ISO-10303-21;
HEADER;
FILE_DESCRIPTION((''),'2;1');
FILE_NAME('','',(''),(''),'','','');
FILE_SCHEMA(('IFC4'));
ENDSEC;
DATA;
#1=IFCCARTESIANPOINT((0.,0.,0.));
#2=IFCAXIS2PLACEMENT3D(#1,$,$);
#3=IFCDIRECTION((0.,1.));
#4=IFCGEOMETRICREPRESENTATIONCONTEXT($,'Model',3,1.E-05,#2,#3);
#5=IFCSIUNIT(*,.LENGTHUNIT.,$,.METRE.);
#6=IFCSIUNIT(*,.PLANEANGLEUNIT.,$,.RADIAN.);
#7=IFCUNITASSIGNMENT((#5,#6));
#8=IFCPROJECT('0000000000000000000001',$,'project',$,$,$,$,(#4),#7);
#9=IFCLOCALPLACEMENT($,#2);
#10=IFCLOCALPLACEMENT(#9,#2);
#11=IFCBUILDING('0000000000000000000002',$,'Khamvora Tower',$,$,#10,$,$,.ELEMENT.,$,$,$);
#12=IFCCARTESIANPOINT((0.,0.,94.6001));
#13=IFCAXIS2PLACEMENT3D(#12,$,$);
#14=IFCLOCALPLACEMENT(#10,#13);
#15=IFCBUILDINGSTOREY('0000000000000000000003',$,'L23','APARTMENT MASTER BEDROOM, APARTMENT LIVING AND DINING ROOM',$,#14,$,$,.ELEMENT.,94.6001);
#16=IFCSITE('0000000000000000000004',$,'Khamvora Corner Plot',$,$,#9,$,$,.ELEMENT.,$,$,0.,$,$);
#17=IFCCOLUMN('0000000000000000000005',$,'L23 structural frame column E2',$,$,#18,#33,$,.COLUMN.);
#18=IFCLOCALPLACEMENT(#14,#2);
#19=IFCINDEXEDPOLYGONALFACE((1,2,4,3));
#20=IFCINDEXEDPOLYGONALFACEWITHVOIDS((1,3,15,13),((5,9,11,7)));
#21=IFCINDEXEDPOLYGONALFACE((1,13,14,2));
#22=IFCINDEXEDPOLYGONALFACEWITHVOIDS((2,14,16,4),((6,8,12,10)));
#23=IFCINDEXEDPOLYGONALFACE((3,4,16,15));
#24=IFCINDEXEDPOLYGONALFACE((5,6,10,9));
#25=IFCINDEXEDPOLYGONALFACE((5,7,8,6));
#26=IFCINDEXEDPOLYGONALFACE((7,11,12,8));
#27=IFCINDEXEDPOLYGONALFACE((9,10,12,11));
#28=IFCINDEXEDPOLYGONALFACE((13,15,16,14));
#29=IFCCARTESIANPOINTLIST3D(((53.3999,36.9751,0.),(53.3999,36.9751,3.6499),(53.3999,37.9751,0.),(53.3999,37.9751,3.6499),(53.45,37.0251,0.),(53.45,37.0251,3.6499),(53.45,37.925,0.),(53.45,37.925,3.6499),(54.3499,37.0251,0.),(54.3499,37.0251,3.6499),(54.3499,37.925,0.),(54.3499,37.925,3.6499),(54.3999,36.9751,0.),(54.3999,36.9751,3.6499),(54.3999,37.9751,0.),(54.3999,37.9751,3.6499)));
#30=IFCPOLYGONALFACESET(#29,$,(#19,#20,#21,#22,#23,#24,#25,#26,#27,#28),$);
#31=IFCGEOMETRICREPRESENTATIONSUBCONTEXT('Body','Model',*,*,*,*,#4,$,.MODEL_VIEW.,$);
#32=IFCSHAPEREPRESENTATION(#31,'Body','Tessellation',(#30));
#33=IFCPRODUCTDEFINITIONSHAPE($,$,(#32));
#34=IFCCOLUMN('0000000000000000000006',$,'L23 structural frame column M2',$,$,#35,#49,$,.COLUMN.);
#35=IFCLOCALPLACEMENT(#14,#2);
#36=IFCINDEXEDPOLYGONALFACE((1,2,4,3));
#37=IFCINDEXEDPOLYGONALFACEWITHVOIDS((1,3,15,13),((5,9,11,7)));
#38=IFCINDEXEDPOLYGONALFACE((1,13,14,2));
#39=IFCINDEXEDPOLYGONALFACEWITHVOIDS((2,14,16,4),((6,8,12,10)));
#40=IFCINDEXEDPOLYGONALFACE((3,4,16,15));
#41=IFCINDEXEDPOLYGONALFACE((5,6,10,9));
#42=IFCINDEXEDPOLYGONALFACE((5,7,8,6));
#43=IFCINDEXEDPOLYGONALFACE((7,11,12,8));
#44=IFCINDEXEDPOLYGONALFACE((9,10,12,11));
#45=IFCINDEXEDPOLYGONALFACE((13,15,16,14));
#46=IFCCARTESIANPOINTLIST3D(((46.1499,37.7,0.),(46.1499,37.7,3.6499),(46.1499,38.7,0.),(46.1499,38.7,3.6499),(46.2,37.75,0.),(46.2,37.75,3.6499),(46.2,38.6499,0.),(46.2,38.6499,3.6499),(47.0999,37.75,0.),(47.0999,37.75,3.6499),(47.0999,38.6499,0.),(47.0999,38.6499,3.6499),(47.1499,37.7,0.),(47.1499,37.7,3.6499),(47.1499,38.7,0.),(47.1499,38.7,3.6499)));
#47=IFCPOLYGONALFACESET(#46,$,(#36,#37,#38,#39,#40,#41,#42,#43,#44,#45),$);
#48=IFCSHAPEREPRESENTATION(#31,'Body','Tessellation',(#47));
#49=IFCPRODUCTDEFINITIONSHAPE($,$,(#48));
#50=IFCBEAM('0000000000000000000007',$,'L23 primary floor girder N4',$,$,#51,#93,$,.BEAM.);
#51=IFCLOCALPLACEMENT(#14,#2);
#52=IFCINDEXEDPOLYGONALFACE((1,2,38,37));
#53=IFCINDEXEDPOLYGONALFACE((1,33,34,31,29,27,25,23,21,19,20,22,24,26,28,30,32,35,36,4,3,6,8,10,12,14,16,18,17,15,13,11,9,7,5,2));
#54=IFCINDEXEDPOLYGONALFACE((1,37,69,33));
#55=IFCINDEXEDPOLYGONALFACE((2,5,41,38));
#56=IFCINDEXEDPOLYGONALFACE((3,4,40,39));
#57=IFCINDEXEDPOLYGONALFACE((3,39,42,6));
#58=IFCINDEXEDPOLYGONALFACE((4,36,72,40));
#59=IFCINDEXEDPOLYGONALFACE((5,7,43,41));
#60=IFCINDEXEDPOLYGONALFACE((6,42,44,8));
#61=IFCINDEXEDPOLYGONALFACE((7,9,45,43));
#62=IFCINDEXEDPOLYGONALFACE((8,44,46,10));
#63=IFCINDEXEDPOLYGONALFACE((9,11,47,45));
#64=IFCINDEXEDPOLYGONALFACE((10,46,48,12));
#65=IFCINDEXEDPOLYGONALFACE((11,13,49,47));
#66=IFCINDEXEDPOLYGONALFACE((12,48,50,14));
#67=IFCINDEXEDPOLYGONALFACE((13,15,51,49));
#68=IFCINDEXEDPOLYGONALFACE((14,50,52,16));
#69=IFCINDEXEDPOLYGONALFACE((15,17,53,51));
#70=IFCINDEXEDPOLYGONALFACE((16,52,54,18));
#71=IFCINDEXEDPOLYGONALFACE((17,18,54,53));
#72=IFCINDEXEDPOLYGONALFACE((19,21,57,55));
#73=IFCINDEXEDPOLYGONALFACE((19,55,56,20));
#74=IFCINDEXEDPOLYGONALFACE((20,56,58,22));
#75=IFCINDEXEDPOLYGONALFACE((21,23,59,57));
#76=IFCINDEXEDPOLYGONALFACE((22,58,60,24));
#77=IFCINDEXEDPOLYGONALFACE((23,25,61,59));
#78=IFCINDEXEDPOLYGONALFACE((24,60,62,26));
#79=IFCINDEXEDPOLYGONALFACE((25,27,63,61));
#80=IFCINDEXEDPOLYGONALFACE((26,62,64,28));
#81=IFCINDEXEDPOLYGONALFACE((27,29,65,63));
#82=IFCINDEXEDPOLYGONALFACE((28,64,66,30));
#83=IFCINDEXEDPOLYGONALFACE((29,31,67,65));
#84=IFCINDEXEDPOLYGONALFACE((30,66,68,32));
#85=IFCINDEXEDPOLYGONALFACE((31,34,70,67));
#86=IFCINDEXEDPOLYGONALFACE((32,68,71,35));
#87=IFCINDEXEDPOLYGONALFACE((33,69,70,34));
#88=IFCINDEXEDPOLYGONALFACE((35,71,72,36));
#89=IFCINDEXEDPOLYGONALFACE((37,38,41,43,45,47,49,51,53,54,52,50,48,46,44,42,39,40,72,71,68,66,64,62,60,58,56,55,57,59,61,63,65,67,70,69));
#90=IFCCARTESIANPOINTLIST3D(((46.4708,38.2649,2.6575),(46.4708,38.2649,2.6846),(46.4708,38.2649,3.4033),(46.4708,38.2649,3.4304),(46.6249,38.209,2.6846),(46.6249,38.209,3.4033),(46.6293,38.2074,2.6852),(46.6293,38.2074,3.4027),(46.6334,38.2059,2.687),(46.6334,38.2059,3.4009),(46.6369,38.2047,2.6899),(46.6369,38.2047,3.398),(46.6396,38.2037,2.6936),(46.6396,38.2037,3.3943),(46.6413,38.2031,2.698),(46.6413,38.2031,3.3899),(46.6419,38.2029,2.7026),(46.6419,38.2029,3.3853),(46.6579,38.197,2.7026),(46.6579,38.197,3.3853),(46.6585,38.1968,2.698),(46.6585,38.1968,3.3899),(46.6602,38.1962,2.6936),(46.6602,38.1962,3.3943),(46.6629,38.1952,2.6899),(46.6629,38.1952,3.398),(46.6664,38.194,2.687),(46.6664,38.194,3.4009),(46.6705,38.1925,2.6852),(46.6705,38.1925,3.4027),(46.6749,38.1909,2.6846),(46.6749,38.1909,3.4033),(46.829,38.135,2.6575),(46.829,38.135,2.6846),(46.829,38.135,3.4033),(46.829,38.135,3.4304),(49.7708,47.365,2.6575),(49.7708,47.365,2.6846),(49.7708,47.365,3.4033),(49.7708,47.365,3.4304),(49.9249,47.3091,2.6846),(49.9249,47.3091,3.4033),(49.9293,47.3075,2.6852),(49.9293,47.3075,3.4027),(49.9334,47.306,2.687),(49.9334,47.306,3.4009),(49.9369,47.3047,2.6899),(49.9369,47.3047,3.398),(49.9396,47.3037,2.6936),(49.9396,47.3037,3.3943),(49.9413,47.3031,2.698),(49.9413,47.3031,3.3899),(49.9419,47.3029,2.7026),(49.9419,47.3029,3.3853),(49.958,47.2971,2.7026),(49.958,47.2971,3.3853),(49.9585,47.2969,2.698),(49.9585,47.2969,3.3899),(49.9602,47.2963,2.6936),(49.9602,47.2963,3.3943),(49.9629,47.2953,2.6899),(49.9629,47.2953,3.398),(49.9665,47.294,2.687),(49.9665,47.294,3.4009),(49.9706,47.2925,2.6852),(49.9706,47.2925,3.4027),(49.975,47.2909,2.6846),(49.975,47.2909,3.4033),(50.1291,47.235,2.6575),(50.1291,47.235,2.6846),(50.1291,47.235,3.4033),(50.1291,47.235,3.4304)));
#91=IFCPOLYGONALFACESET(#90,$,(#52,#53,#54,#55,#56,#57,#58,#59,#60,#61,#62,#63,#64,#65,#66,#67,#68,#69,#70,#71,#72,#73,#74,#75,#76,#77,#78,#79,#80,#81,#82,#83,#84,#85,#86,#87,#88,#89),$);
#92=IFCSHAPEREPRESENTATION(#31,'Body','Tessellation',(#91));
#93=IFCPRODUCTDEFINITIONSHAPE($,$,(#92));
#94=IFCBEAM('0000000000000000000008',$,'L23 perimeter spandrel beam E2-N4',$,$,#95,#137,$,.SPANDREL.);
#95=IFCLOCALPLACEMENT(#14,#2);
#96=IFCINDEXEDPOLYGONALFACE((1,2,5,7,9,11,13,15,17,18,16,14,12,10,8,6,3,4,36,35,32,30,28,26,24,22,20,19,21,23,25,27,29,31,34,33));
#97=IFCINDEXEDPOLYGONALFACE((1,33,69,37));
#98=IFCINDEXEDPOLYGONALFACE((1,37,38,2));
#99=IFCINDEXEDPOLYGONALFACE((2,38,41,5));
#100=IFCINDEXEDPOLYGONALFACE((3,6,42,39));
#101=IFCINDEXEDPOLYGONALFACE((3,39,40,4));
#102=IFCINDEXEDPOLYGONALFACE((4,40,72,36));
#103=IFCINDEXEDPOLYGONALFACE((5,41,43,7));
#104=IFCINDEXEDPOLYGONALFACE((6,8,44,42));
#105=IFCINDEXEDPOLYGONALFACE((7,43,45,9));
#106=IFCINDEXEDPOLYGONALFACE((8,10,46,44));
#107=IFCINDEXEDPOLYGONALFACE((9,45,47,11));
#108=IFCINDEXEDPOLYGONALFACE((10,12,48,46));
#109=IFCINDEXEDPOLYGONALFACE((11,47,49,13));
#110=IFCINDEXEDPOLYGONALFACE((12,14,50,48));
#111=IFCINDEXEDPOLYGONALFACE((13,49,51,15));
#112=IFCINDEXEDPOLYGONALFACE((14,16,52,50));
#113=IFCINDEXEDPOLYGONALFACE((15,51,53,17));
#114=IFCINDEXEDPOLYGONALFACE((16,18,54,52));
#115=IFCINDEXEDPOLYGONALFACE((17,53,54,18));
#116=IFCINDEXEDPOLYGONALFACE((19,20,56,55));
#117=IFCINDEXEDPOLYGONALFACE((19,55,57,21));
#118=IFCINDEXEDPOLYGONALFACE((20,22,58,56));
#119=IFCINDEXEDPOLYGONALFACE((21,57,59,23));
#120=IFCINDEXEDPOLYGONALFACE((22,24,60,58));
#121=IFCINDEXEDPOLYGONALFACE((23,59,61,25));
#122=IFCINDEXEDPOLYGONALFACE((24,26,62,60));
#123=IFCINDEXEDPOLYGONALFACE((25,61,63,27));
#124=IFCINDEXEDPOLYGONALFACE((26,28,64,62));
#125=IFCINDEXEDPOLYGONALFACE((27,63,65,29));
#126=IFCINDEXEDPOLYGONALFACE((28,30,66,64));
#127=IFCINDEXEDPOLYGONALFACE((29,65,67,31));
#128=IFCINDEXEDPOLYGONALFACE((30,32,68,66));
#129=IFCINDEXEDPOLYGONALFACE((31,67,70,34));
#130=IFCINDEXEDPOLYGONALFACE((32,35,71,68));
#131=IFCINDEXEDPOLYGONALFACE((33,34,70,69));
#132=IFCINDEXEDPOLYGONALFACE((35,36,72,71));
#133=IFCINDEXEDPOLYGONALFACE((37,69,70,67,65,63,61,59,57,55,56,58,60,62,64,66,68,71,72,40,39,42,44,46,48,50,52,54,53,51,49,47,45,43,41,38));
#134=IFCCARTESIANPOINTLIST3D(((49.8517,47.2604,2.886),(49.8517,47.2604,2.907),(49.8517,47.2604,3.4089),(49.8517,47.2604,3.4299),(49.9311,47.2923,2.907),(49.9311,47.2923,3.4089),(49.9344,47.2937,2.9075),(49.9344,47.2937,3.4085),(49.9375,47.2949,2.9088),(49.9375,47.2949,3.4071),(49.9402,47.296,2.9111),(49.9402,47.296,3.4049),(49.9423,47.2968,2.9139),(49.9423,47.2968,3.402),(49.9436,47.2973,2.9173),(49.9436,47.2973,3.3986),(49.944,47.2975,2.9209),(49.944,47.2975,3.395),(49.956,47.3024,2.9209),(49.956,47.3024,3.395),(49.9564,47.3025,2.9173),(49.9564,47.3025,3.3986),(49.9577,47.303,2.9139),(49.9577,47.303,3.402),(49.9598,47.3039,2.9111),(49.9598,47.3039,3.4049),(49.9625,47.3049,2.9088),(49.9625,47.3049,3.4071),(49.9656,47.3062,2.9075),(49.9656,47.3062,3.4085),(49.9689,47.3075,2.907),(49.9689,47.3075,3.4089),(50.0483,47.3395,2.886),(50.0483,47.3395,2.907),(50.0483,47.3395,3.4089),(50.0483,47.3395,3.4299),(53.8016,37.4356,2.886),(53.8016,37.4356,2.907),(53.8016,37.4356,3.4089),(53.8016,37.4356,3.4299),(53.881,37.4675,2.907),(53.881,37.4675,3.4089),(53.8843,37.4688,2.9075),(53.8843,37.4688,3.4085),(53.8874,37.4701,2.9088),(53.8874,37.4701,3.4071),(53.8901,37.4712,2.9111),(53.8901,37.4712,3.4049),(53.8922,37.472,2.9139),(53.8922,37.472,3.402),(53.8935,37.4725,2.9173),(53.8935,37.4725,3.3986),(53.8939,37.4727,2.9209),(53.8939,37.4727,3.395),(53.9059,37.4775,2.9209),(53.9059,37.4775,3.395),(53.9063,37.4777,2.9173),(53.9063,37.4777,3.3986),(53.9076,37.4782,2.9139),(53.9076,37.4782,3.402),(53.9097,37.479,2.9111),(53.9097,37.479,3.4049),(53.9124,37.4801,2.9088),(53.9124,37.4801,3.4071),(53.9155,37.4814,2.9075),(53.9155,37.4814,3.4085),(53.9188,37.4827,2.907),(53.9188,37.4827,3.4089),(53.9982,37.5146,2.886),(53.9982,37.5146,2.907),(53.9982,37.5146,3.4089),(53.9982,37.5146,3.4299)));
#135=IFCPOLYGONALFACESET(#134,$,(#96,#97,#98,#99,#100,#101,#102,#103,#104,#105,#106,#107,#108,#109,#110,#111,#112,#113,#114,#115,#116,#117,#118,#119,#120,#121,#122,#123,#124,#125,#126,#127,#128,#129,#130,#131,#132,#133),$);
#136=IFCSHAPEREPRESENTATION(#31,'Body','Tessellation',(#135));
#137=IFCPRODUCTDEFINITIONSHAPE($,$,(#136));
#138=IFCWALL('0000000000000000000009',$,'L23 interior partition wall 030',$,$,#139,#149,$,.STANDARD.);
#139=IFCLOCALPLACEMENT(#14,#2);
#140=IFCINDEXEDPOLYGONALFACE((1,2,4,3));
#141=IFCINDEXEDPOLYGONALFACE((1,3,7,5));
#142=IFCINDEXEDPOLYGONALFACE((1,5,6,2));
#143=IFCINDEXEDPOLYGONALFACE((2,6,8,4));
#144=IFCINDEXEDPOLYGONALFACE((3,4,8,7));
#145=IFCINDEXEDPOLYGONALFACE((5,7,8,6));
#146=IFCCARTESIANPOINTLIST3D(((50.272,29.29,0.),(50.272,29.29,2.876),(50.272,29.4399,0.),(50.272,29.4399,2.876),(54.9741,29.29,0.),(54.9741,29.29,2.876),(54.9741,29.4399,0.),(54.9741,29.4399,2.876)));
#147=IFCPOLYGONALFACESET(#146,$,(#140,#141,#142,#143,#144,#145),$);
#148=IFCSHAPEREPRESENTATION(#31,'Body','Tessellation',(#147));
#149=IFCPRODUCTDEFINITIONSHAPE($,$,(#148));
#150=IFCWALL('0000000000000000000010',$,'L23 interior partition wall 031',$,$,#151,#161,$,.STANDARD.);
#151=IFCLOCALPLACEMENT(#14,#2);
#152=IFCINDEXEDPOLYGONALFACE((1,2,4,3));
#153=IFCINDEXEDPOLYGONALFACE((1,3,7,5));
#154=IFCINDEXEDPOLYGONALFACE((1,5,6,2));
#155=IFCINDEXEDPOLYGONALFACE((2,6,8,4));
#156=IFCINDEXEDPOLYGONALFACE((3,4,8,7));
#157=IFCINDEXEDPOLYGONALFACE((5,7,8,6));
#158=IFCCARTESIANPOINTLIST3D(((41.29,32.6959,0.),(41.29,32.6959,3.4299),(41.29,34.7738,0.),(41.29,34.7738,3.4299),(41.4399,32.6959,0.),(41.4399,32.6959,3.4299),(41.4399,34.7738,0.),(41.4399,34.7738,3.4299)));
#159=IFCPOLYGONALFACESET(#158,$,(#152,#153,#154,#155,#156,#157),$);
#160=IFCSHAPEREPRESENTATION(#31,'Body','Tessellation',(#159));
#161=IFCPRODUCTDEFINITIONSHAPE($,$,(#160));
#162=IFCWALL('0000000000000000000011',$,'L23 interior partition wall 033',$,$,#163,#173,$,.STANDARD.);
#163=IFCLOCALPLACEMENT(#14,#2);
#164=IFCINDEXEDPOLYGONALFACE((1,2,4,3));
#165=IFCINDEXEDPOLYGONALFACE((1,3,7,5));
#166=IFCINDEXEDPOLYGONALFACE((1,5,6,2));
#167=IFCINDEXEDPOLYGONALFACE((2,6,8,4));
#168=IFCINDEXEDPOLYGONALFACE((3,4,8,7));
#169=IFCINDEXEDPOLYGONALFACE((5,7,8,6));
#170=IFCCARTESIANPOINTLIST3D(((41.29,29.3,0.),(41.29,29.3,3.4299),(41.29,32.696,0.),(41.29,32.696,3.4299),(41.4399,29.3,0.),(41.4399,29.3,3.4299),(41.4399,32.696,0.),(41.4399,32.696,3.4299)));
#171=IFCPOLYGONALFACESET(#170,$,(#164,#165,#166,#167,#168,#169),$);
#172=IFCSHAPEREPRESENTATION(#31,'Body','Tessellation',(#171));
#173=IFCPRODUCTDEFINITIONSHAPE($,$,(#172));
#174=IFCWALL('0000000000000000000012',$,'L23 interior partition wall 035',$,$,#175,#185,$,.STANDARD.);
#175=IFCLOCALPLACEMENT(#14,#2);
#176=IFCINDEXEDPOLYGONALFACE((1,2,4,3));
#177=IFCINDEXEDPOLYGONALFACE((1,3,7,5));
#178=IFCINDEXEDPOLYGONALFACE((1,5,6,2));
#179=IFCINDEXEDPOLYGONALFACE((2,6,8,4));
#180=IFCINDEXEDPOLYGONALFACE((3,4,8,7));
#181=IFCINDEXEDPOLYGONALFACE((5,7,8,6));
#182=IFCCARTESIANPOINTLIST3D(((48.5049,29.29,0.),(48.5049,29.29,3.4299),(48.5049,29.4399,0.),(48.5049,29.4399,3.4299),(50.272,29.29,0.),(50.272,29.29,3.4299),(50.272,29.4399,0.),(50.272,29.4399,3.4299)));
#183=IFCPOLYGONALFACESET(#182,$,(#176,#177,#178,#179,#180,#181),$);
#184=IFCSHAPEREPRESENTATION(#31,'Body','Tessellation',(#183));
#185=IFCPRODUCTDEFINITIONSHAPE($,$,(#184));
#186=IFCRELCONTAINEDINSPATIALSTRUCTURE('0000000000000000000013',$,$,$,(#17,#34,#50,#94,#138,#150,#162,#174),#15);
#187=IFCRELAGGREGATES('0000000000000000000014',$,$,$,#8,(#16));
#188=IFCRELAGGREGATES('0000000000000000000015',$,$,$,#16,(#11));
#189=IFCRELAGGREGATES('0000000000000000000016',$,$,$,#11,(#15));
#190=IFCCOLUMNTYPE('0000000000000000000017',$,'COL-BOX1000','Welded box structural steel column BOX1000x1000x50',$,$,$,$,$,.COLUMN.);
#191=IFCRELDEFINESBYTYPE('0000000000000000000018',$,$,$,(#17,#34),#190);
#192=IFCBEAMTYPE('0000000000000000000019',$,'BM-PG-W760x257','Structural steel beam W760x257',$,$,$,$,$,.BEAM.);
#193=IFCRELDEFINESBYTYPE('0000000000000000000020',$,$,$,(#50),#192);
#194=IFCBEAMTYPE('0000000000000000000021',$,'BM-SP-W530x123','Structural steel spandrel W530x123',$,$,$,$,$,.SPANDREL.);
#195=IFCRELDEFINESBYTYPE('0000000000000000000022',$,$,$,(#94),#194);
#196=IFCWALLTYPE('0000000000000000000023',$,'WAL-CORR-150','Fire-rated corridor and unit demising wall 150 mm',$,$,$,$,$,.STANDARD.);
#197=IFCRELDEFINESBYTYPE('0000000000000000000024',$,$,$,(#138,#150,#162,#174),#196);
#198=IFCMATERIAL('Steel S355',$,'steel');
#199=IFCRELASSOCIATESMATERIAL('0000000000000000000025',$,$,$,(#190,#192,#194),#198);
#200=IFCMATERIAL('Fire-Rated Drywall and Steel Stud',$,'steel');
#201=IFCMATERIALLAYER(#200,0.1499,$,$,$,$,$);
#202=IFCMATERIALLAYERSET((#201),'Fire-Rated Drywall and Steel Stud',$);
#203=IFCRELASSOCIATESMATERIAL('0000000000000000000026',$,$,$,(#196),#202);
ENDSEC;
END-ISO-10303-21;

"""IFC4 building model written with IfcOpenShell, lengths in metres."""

from ifc_helpers import new_model, si_unit, direction, frame, frame_2d, origin, origin_2d, place, context, subcontext, project, spatial, rectangle, hollow_rectangle, i_section, extrude, material, layer, layer_set, material_profile, profile_set, type_object, element, save


model = new_model("IFC4")

# Units and contexts
model_context = context("Model", 3, precision=1e-05, world=origin(), true_north=direction((0.0, 1.0)))
body_context = subcontext(model_context, "Body", "Model", "MODEL_VIEW")
ifc_project = project(units=[si_unit("LENGTHUNIT", "METRE"), si_unit("PLANEANGLEUNIT", "RADIAN")], contexts=[model_context])

# Site, building, storey
site_placement = place(None, origin())
site = spatial("IfcSite", under=ifc_project, at=site_placement, Name="Khamvora Corner Plot", CompositionType="ELEMENT", RefElevation=0.0)
building_placement = place(site_placement, origin())
building = spatial("IfcBuilding", under=site, at=building_placement, Name="Khamvora Tower", CompositionType="ELEMENT")
storey_placement = place(building_placement, frame((0.0, 0.0, 94.6001)))
storey = spatial("IfcBuildingStorey", under=building, at=storey_placement, Name="L23", Description="APARTMENT MASTER BEDROOM, APARTMENT LIVING AND DINING ROOM", CompositionType="ELEMENT", Elevation=94.6001)

# Columns
ifc_material_1 = material(Name="Steel S355", Category="steel")
ifc_material_profile_1 = material_profile(ifc_material_1, hollow_rectangle(XDim=1.0, YDim=1.0, WallThickness=0.05, at=origin_2d()), Name="BOX1000x1000x50")
ifc_profile_set_1 = profile_set([ifc_material_profile_1], Name="Steel S355")
column_type = type_object("IfcColumnType", Name="COL-BOX1000", Description="Welded box structural steel column BOX1000x1000x50", PredefinedType="COLUMN", material=ifc_profile_set_1)
for number, where, z_axis, x_axis, name in (
    (1, (53.8999, 37.4751, 0.0), (0.0, 0.0, 1.0), (1.0, 0.0, 0.0), "L23 structural frame column E2"),
    (2, (46.6499, 38.2, 0.0), (0.0, 0.0, 1.0), (1.0, 0.0, 0.0), "L23 structural frame column M2"),
):
    element("IfcColumn", number, at=place(storey_placement, frame(where, z_axis=z_axis, x_axis=x_axis)), inside=storey, type_object=column_type, Name=name, PredefinedType="COLUMN", context=body_context, shape_type="SweptSolid", body=[
        extrude(hollow_rectangle(XDim=1.0, YDim=1.0, WallThickness=0.05, at=origin_2d()), origin(), (0.0, 0.0, 1.0), 3.6499),
    ])

# Beams
ifc_material_profile_2 = material_profile(ifc_material_1, i_section(OverallWidth=0.3811, OverallDepth=0.7729, WebThickness=0.0171, FlangeThickness=0.0271, FilletRadius=0.0181, at=origin_2d()), Name="W760x257")
ifc_profile_set_2 = profile_set([ifc_material_profile_2], Name="Steel S355")
beam_type_1 = type_object("IfcBeamType", Name="BM-PG-W760x257", Description="Structural steel beam W760x257", PredefinedType="BEAM", material=ifc_profile_set_2)
beam_1_placement = place(storey_placement, frame((46.6499, 38.2, 3.0439), z_axis=(0.340915, 0.940094, 0.0), x_axis=(-0.940094, 0.340915, 0.0)))
element("IfcBeam", 3, at=beam_1_placement, inside=storey, type_object=beam_type_1, Name="L23 primary floor girder N4", PredefinedType="BEAM", context=body_context, shape_type="SweptSolid", body=[
    extrude(i_section(OverallWidth=0.3811, OverallDepth=0.7729, WebThickness=0.0171, FlangeThickness=0.0271, FilletRadius=0.0181, at=origin_2d()), origin(), (0.0, 0.0, 1.0), 9.6799),
])
ifc_material_profile_3 = material_profile(ifc_material_1, i_section(OverallWidth=0.2119, OverallDepth=0.5439, WebThickness=0.0129, FlangeThickness=0.021, FilletRadius=0.0139, at=origin_2d()), Name="W530x123")
ifc_profile_set_3 = profile_set([ifc_material_profile_3], Name="Steel S355")
beam_type_2 = type_object("IfcBeamType", Name="BM-SP-W530x123", Description="Structural steel spandrel W530x123", PredefinedType="SPANDREL", material=ifc_profile_set_3)
beam_2_placement = place(storey_placement, frame((53.8999, 37.4751, 3.158), z_axis=(-0.373016, 0.927825, 0.0), x_axis=(-0.927825, -0.373016, 0.0)))
element("IfcBeam", 4, at=beam_2_placement, inside=storey, type_object=beam_type_2, Name="L23 perimeter spandrel beam E2-N4", PredefinedType="SPANDREL", context=body_context, shape_type="SweptSolid", body=[
    extrude(i_section(OverallWidth=0.2119, OverallDepth=0.5439, WebThickness=0.0129, FlangeThickness=0.021, FilletRadius=0.0139, at=origin_2d()), origin(), (0.0, 0.0, 1.0), 10.5891),
])

# Walls
ifc_material_2 = material(Name="Fire-Rated Drywall and Steel Stud", Category="steel")
ifc_layer_1 = layer(ifc_material_2, 0.1499)
ifc_layer_set_1 = layer_set([ifc_layer_1], Name="Fire-Rated Drywall and Steel Stud")
wall_type_1 = type_object("IfcWallType", Name="WAL-CORR-150", Description="Fire-rated corridor and unit demising wall 150 mm", PredefinedType="STANDARD", material=ifc_layer_set_1)
wall_1_placement = place(storey_placement, frame((50.272, 29.365, 0.0), z_axis=(0.0, 0.0, 1.0), x_axis=(1.0, 0.0, 0.0)))
element("IfcWall", 5, at=wall_1_placement, inside=storey, type_object=wall_type_1, Name="L23 interior partition wall 030", PredefinedType="STANDARD", context=body_context, shape_type="SweptSolid", body=[
    extrude(rectangle(XDim=4.7021, YDim=0.1499, at=frame_2d((2.3511, 0.0))), origin(), (0.0, 0.0, 1.0), 2.876),
])
wall_2_placement = place(storey_placement, frame((41.365, 34.7739, 0.0), z_axis=(0.0, 0.0, 1.0), x_axis=(0.0, -1.0, 0.0)))
element("IfcWall", 6, at=wall_2_placement, inside=storey, type_object=wall_type_1, Name="L23 interior partition wall 031", PredefinedType="STANDARD", context=body_context, shape_type="SweptSolid", body=[
    extrude(rectangle(XDim=2.0779, YDim=0.1499, at=frame_2d((1.0391, 0.0))), origin(), (0.0, 0.0, 1.0), 3.4299),
])

# Walls
wall_3_placement = place(storey_placement, frame((41.365, 32.696, 0.0), z_axis=(0.0, 0.0, 1.0), x_axis=(0.0, -1.0, 0.0)))
element("IfcWall", 7, at=wall_3_placement, inside=storey, type_object=wall_type_1, Name="L23 interior partition wall 033", PredefinedType="STANDARD", context=body_context, shape_type="SweptSolid", body=[
    extrude(rectangle(XDim=3.396, YDim=0.1499, at=frame_2d((1.698, 0.0))), origin(), (0.0, 0.0, 1.0), 3.4299),
])
wall_4_placement = place(storey_placement, frame((48.5049, 29.365, 0.0), z_axis=(0.0, 0.0, 1.0), x_axis=(1.0, 0.0, 0.0)))
element("IfcWall", 8, at=wall_4_placement, inside=storey, type_object=wall_type_1, Name="L23 interior partition wall 035", PredefinedType="STANDARD", context=body_context, shape_type="SweptSolid", body=[
    extrude(rectangle(XDim=1.7671, YDim=0.1499, at=frame_2d((0.8835, 0.0))), origin(), (0.0, 0.0, 1.0), 3.4299),
])

save(model, "model.ifc")
